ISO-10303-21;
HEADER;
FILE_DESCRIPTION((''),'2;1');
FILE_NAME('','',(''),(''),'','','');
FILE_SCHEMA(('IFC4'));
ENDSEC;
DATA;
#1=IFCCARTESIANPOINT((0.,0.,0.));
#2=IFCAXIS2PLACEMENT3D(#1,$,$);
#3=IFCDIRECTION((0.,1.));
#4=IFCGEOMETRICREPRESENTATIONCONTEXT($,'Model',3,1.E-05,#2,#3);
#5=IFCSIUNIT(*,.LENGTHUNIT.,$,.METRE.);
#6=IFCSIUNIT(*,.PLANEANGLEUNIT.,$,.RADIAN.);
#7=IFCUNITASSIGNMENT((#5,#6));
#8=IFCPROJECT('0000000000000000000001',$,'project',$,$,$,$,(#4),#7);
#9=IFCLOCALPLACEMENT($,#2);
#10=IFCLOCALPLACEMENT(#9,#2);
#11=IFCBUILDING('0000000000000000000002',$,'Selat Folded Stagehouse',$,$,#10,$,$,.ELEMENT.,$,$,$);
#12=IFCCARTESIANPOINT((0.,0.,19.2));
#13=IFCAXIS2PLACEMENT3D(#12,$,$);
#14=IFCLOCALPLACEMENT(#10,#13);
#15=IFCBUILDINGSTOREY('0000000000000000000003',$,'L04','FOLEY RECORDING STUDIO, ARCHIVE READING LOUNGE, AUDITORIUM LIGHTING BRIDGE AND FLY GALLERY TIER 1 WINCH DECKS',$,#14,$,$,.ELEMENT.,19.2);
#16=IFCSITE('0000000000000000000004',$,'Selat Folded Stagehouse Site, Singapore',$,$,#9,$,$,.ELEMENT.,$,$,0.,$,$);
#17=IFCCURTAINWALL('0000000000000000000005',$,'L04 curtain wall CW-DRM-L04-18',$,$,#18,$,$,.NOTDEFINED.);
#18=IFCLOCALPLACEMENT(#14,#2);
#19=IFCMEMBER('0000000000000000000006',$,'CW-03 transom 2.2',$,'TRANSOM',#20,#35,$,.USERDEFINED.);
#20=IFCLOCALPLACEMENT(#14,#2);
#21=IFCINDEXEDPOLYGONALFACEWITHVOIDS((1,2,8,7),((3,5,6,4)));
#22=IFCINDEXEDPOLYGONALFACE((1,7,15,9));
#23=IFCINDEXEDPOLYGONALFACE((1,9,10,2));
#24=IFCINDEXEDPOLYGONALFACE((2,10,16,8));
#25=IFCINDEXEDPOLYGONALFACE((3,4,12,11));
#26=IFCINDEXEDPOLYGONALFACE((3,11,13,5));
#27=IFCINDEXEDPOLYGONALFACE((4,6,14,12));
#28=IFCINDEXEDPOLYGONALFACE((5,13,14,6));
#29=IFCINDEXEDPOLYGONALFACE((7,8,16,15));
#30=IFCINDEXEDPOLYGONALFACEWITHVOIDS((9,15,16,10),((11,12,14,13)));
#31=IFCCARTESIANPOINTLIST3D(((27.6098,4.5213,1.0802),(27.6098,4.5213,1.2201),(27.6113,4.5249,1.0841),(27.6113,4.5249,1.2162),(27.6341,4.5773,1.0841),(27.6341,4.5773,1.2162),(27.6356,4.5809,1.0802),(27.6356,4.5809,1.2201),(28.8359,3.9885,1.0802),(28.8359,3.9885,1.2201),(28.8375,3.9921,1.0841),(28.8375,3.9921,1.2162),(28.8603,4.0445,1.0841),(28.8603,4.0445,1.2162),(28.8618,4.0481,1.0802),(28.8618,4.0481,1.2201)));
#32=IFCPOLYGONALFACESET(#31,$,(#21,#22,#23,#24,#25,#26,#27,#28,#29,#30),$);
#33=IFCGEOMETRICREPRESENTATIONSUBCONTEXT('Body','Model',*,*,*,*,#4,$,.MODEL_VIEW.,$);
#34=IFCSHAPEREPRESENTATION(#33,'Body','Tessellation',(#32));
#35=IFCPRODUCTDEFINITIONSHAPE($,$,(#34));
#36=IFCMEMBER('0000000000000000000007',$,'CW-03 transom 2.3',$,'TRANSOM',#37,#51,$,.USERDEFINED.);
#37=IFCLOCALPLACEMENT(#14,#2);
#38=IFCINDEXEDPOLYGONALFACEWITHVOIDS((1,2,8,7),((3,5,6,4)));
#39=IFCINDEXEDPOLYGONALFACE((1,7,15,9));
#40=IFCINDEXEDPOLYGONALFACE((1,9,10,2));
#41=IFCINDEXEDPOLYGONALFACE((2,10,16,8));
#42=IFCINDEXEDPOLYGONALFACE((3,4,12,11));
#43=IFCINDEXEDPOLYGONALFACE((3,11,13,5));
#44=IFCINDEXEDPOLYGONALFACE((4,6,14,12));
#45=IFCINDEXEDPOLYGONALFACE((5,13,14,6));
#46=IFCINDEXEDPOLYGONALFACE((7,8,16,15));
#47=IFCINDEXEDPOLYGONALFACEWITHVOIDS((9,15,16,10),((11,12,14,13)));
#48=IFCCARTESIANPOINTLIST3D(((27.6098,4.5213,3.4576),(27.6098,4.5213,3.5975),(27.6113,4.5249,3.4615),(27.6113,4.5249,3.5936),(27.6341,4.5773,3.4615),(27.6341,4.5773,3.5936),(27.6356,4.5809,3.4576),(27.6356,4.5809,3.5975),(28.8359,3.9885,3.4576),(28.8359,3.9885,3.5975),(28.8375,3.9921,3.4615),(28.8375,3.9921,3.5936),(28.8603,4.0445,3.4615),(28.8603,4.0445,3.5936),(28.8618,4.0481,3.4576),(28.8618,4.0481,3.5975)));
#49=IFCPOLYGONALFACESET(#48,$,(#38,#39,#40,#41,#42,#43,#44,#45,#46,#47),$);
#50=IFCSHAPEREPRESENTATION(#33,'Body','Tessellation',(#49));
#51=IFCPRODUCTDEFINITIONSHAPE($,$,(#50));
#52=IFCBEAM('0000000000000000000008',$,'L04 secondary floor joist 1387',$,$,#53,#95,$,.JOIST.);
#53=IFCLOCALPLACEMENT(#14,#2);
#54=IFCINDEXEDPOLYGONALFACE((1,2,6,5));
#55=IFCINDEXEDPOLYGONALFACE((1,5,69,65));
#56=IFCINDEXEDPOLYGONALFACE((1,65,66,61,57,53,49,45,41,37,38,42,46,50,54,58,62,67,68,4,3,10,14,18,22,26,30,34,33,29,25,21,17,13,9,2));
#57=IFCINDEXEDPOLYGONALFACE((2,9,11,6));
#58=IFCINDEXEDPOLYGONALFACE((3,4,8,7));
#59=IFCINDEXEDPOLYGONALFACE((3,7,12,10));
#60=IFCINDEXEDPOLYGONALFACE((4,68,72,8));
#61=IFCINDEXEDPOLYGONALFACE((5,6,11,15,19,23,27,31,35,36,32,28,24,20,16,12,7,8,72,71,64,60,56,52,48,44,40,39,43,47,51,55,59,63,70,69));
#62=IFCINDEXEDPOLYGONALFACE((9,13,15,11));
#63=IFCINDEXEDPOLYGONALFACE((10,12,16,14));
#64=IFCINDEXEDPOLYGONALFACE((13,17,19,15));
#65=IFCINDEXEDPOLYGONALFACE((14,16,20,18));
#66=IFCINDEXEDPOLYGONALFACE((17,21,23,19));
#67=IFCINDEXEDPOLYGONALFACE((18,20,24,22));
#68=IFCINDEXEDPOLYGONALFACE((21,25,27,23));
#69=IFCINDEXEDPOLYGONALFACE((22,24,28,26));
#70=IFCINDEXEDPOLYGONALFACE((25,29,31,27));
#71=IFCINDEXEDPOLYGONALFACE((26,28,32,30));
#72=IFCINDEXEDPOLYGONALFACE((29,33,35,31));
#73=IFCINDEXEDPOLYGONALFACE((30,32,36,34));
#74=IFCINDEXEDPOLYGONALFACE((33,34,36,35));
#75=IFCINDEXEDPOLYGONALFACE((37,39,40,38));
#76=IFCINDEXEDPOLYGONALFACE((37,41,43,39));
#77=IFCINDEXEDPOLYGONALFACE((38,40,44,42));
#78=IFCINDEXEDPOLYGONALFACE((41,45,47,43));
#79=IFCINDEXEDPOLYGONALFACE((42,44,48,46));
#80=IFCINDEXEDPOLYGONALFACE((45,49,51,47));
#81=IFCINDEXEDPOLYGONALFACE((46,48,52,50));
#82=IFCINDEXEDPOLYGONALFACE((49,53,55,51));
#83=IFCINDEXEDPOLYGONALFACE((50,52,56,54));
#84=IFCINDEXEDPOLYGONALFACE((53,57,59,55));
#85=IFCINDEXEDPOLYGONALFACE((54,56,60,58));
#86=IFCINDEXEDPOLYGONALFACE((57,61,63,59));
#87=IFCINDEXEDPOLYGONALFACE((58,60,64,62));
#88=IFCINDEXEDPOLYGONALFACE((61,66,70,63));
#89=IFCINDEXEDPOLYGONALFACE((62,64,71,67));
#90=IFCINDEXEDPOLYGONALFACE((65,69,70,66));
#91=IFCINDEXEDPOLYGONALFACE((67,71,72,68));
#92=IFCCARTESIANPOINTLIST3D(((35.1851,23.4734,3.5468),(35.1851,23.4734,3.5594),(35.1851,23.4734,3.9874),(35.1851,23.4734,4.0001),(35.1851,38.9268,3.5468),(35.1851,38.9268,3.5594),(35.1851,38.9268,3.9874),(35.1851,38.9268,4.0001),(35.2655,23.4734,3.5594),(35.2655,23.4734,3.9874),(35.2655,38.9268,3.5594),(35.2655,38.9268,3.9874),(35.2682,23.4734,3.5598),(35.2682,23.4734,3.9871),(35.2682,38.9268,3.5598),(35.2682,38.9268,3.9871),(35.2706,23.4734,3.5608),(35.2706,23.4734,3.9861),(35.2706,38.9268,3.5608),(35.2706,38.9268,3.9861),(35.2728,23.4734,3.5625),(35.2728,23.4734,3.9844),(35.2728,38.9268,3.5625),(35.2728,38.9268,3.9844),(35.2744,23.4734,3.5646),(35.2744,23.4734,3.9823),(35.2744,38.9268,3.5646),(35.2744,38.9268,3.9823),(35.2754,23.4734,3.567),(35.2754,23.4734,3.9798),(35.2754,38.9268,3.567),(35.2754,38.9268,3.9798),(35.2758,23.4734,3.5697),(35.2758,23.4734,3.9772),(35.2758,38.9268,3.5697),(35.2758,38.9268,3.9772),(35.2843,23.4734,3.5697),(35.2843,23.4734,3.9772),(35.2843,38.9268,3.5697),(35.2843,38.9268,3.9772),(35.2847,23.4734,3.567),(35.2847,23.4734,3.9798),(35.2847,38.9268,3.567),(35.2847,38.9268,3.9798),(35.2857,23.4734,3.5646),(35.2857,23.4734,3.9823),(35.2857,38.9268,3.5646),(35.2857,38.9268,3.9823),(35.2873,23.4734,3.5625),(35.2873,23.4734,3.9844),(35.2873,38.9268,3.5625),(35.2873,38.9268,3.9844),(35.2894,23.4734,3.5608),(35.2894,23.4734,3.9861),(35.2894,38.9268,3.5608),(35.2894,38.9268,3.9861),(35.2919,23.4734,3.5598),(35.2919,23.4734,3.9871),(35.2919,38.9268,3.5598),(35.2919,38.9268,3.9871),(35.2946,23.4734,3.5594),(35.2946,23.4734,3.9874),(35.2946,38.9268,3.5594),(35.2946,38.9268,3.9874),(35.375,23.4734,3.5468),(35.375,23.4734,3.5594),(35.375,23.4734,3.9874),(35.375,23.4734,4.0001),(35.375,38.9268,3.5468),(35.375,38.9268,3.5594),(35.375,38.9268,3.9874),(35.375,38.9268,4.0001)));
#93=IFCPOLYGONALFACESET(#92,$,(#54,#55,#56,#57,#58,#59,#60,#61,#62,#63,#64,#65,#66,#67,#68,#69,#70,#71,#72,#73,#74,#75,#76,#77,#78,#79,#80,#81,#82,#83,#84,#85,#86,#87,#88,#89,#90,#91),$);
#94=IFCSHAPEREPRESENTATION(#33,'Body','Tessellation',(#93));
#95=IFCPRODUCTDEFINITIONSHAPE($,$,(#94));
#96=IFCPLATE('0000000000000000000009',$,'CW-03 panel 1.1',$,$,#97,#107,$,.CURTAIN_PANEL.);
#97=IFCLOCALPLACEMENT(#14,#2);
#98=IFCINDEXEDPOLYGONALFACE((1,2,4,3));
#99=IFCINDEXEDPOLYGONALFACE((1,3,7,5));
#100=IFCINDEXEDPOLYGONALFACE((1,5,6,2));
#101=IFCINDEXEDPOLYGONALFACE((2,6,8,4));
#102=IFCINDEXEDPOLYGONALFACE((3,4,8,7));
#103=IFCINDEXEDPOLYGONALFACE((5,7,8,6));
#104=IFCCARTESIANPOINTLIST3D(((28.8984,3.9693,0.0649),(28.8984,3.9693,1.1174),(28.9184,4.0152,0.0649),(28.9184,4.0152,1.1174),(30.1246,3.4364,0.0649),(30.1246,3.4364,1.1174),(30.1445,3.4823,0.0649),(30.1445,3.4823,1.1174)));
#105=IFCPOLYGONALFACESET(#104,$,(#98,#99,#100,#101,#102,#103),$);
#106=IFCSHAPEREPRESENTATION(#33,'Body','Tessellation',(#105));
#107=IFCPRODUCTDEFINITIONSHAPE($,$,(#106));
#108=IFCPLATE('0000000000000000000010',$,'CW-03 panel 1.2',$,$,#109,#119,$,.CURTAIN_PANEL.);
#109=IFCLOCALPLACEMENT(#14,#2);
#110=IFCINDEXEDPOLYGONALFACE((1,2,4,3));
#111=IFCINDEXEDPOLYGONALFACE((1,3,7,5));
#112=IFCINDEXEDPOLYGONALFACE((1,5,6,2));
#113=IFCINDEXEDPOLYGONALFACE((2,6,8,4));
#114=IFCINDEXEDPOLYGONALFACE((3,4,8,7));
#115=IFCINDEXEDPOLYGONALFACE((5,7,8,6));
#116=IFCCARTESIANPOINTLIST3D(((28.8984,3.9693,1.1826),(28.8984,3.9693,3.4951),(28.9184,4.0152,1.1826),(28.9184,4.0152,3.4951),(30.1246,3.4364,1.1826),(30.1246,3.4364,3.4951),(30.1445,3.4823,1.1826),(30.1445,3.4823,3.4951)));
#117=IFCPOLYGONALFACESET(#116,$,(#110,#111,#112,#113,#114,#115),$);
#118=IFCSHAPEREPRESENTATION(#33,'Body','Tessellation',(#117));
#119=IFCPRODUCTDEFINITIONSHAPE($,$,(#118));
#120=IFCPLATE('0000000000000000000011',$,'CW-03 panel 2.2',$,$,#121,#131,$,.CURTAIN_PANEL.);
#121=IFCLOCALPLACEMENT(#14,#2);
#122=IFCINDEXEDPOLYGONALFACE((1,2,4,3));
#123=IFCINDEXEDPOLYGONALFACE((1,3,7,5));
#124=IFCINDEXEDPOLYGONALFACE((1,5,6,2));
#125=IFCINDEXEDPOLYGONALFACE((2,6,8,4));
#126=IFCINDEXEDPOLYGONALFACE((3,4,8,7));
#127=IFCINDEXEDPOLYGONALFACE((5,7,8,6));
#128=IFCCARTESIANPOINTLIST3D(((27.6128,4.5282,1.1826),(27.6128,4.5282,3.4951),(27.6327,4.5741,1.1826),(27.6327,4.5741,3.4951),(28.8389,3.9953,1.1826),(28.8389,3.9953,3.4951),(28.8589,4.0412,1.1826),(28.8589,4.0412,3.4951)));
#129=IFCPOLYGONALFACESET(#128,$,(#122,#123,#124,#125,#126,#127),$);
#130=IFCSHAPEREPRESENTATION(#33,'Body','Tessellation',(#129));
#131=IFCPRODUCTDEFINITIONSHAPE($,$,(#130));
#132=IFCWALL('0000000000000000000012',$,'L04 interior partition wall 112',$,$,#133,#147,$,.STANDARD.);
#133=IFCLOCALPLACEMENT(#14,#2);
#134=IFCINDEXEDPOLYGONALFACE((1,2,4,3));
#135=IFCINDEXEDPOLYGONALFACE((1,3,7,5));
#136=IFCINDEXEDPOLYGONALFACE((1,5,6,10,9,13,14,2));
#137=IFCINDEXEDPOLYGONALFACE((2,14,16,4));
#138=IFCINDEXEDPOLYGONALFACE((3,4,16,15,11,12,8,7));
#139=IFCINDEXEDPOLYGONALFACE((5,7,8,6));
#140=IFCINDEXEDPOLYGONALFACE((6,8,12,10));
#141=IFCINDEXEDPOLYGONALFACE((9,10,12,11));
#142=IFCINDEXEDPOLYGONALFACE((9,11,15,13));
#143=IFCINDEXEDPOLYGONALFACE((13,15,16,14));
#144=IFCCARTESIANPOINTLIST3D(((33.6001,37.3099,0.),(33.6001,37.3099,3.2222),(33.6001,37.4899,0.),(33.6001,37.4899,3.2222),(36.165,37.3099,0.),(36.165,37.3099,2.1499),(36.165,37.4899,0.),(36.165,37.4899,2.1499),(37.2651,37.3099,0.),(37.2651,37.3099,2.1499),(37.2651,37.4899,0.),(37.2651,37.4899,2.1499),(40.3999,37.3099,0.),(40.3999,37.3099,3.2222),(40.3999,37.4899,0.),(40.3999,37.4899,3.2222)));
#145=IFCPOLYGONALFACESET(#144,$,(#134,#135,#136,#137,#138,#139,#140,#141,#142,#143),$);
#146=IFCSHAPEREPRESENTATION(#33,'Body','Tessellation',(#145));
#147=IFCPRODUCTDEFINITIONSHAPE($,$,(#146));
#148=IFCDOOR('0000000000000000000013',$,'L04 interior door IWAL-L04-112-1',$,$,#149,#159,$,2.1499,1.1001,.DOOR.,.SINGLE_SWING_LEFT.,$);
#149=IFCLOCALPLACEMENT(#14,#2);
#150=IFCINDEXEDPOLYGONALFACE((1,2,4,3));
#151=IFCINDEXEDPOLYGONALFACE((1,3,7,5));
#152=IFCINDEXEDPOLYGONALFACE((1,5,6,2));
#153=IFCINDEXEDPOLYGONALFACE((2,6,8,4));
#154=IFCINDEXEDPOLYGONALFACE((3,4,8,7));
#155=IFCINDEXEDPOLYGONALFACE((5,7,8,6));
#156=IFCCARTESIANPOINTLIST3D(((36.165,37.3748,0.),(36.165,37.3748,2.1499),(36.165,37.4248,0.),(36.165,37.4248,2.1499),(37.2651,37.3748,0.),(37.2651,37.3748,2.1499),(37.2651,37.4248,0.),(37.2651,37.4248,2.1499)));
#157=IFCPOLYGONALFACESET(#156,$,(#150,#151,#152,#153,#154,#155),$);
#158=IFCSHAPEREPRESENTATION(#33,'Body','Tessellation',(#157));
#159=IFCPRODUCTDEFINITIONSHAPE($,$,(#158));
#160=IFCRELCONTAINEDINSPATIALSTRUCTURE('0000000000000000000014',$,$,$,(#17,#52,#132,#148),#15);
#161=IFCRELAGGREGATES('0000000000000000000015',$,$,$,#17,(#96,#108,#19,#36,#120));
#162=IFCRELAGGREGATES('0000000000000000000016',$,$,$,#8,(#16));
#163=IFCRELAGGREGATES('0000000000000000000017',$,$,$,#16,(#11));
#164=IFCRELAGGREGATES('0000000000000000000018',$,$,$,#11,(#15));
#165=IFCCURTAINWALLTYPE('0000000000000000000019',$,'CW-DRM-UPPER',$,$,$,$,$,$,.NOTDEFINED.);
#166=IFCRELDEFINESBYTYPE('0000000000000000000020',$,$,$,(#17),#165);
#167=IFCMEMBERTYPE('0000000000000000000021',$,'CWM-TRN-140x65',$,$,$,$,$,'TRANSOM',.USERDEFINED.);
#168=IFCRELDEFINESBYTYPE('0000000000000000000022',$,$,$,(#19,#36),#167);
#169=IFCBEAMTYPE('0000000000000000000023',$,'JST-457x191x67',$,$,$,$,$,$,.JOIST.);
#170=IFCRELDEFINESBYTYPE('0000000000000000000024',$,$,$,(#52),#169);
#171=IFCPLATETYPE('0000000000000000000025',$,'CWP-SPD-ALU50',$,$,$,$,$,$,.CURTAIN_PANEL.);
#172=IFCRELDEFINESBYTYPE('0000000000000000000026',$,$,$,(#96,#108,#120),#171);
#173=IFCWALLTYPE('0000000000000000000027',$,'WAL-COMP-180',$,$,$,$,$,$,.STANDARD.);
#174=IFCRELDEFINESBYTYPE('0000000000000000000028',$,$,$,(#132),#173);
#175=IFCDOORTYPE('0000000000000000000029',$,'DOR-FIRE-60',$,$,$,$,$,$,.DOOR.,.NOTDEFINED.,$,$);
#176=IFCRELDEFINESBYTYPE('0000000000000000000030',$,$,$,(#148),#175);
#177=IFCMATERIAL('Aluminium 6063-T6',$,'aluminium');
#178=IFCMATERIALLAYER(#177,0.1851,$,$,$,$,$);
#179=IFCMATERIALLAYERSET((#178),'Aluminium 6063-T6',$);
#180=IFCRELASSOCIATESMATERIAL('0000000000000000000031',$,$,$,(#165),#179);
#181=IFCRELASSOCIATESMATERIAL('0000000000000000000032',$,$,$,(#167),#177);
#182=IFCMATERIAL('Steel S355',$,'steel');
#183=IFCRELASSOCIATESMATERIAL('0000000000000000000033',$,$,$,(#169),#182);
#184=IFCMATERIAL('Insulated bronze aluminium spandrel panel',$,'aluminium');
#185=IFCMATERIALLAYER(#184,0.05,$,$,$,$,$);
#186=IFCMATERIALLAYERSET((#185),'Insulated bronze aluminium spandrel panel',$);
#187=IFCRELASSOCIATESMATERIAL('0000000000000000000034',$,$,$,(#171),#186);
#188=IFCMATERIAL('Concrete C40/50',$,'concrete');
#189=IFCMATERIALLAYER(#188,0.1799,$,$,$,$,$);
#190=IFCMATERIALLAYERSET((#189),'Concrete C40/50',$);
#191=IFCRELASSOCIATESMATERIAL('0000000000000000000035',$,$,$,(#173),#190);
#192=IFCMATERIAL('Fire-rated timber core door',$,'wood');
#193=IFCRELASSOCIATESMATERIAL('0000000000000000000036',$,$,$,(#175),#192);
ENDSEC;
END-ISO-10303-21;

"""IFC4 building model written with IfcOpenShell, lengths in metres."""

from ifc_helpers import new_model, si_unit, direction, frame, frame_2d, origin, origin_2d, place, context, subcontext, project, spatial, rectangle, hollow_rectangle, i_section, extrude, material, layer, layer_set, material_profile, profile_set, type_object, element, fill, aggregate, save


model = new_model("IFC4")

# Units and contexts
model_context = context("Model", 3, precision=1e-05, world=origin(), true_north=direction((0.0, 1.0)))
body_context = subcontext(model_context, "Body", "Model", "MODEL_VIEW")
ifc_project = project(units=[si_unit("LENGTHUNIT", "METRE"), si_unit("PLANEANGLEUNIT", "RADIAN")], contexts=[model_context])

# Site, building, storey
site_placement = place(None, origin())
site = spatial("IfcSite", under=ifc_project, at=site_placement, Name="Selat Folded Stagehouse Site, Singapore", CompositionType="ELEMENT", RefElevation=0.0)
building_placement = place(site_placement, origin())
building = spatial("IfcBuilding", under=site, at=building_placement, Name="Selat Folded Stagehouse", CompositionType="ELEMENT")
storey_placement = place(building_placement, frame((0.0, 0.0, 19.2)))
storey = spatial("IfcBuildingStorey", under=building, at=storey_placement, Name="L04", Description="FOLEY RECORDING STUDIO, ARCHIVE READING LOUNGE, AUDITORIUM LIGHTING BRIDGE AND FLY GALLERY TIER 1 WINCH DECKS", CompositionType="ELEMENT", Elevation=19.2)

# Shared definitions
ifc_material_1 = material(Name="Steel S355", Category="steel")

# Curtain wall, members
ifc_material_2 = material(Name="Aluminium 6063-T6", Category="aluminium")
ifc_layer_1 = layer(ifc_material_2, 0.1851)
ifc_layer_set_1 = layer_set([ifc_layer_1], Name="Aluminium 6063-T6")
curtain_wall_type = type_object("IfcCurtainWallType", Name="CW-DRM-UPPER", PredefinedType="NOTDEFINED", material=ifc_layer_set_1)
curtain_wall_placement = place(storey_placement, origin())
curtain_wall = element("IfcCurtainWall", 1, at=curtain_wall_placement, inside=storey, type_object=curtain_wall_type, Name="L04 curtain wall CW-DRM-L04-18", PredefinedType="NOTDEFINED")
ifc_material_profile_1 = material_profile(ifc_material_2, hollow_rectangle(XDim=0.0649, YDim=0.1399, WallThickness=0.0039, at=origin_2d()), Name="ALU 140x65x4.0")
ifc_profile_set_1 = profile_set([ifc_material_profile_1], Name="Aluminium 6063-T6")
member_type_1 = type_object("IfcMemberType", Name="CWM-TRN-140x65", ElementType="TRANSOM", PredefinedType="USERDEFINED", material=ifc_profile_set_1)
member_1_placement = place(storey_placement, frame((28.8489, 4.0183, 1.1501), z_axis=(-0.917169, 0.398499, 0.0), x_axis=(-0.398499, -0.917169, 0.0)))
member_1 = element("IfcMember", 2, at=member_1_placement, type_object=member_type_1, Name="CW-03 transom 2.2", ObjectType="TRANSOM", PredefinedType="USERDEFINED", context=body_context, shape_type="SweptSolid", body=[
    extrude(hollow_rectangle(XDim=0.0649, YDim=0.1399, WallThickness=0.0039, at=origin_2d()), origin(), (0.0, 0.0, 1.0), 1.3369),
])
member_2_placement = place(storey_placement, frame((28.8489, 4.0183, 3.5276), z_axis=(-0.917169, 0.398499, 0.0), x_axis=(-0.398499, -0.917169, 0.0)))
member_2 = element("IfcMember", 3, at=member_2_placement, type_object=member_type_1, Name="CW-03 transom 2.3", ObjectType="TRANSOM", PredefinedType="USERDEFINED", context=body_context, shape_type="SweptSolid", body=[
    extrude(hollow_rectangle(XDim=0.0649, YDim=0.1399, WallThickness=0.0039, at=origin_2d()), origin(), (0.0, 0.0, 1.0), 1.3369),
])

# Beam
ifc_material_profile_2 = material_profile(ifc_material_1, i_section(OverallWidth=0.1899, OverallDepth=0.4534, WebThickness=0.0085, FlangeThickness=0.0127, FilletRadius=0.0103, at=origin_2d()), Name="UKB 457x191x67")
ifc_profile_set_2 = profile_set([ifc_material_profile_2], Name="Steel S355")
beam_type_1 = type_object("IfcBeamType", Name="JST-457x191x67", PredefinedType="JOIST", material=ifc_profile_set_2)
beam_1_placement = place(storey_placement, frame((35.28, 23.4734, 3.7734), z_axis=(0.0, 1.0, 0.0), x_axis=(-1.0, 0.0, 0.0)))
element("IfcBeam", 4, at=beam_1_placement, inside=storey, type_object=beam_type_1, Name="L04 secondary floor joist 1387", PredefinedType="JOIST", context=body_context, shape_type="SweptSolid", body=[
    extrude(i_section(OverallWidth=0.1899, OverallDepth=0.4534, WebThickness=0.0085, FlangeThickness=0.0127, FilletRadius=0.0103, at=origin_2d()), origin(), (0.0, 0.0, 1.0), 15.4534),
])

# Plates
ifc_material_3 = material(Name="Insulated bronze aluminium spandrel panel", Category="aluminium")
ifc_layer_2 = layer(ifc_material_3, 0.05)
ifc_layer_set_2 = layer_set([ifc_layer_2], Name="Insulated bronze aluminium spandrel panel")
plate_type = type_object("IfcPlateType", Name="CWP-SPD-ALU50", PredefinedType="CURTAIN_PANEL", material=ifc_layer_set_2)
plate_1_placement = place(storey_placement, frame((29.5215, 3.7258, 0.0649), z_axis=(0.0, 0.0, 1.0), x_axis=(-0.917134, 0.39858, 0.0)))
plate_1 = element("IfcPlate", 5, at=plate_1_placement, type_object=plate_type, Name="CW-03 panel 1.1", PredefinedType="CURTAIN_PANEL", context=body_context, shape_type="SweptSolid", body=[
    extrude(rectangle(XDim=1.3369, YDim=0.05, at=origin_2d()), origin(), (0.0, 0.0, 1.0), 1.0525),
])
plate_2_placement = place(storey_placement, frame((29.5215, 3.7258, 1.1826), z_axis=(0.0, 0.0, 1.0), x_axis=(-0.917134, 0.39858, 0.0)))
plate_2 = element("IfcPlate", 6, at=plate_2_placement, type_object=plate_type, Name="CW-03 panel 1.2", PredefinedType="CURTAIN_PANEL", context=body_context, shape_type="SweptSolid", body=[
    extrude(rectangle(XDim=1.3369, YDim=0.05, at=origin_2d()), origin(), (0.0, 0.0, 1.0), 2.3125),
])
plate_3_placement = place(storey_placement, frame((28.2358, 4.2847, 1.1826), z_axis=(0.0, 0.0, 1.0), x_axis=(-0.917134, 0.39858, 0.0)))
plate_3 = element("IfcPlate", 7, at=plate_3_placement, type_object=plate_type, Name="CW-03 panel 2.2", PredefinedType="CURTAIN_PANEL", context=body_context, shape_type="SweptSolid", body=[
    extrude(rectangle(XDim=1.3369, YDim=0.05, at=origin_2d()), origin(), (0.0, 0.0, 1.0), 2.3125),
])
aggregate(curtain_wall, [plate_1, plate_2, member_1, member_2, plate_3])

# Wall, opening, door
ifc_material_4 = material(Name="Concrete C40/50", Category="concrete")
ifc_layer_3 = layer(ifc_material_4, 0.1799)
ifc_layer_set_3 = layer_set([ifc_layer_3], Name="Concrete C40/50")
wall_type_1 = type_object("IfcWallType", Name="WAL-COMP-180", PredefinedType="STANDARD", material=ifc_layer_set_3)
wall_1_placement = place(storey_placement, frame((33.6001, 37.3999, 0.0), z_axis=(0.0, 0.0, 1.0), x_axis=(1.0, 0.0, 0.0)))
wall_1 = element("IfcWall", 8, at=wall_1_placement, inside=storey, type_object=wall_type_1, Name="L04 interior partition wall 112", PredefinedType="STANDARD", context=body_context, shape_type="SweptSolid", body=[
    extrude(rectangle(XDim=6.7998, YDim=0.1799, at=frame_2d((3.3999, 0.0))), origin(), (0.0, 0.0, 1.0), 3.2222),
])
opening_1_placement = place(wall_1_placement, frame((2.5649, 0.0, 0.0)))
opening_1 = element("IfcOpeningElement", 9, at=opening_1_placement, cuts=wall_1, PredefinedType="OPENING", context=body_context, shape_type="SweptSolid", body=[
    extrude(rectangle(XDim=1.1001, YDim=2.1499, at=frame_2d((0.55, 1.075))), frame((0.0, 0.0999, 0.0), z_axis=(0.0, -1.0, 0.0), x_axis=(1.0, 0.0, 0.0)), (0.0, 0.0, 1.0), 0.2),
])
ifc_material_5 = material(Name="Fire-rated timber core door", Category="wood")
door_type_1 = type_object("IfcDoorType", Name="DOR-FIRE-60", OperationType="NOTDEFINED", PredefinedType="DOOR", material=ifc_material_5)
door_1_placement = place(opening_1_placement, origin())
door_1 = element("IfcDoor", 10, at=door_1_placement, inside=storey, type_object=door_type_1, Name="L04 interior door IWAL-L04-112-1", OperationType="SINGLE_SWING_LEFT", OverallHeight=2.1499, OverallWidth=1.1001, PredefinedType="DOOR", context=body_context, shape_type="SweptSolid", body=[
    extrude(rectangle(XDim=1.1001, YDim=2.1499, at=frame_2d((0.55, 1.075))), frame((0.0, 0.0249, 0.0), z_axis=(0.0, -1.0, 0.0), x_axis=(1.0, 0.0, 0.0)), (0.0, 0.0, 1.0), 0.05),
])
fill(opening_1, door_1)

save(model, "model.ifc")
